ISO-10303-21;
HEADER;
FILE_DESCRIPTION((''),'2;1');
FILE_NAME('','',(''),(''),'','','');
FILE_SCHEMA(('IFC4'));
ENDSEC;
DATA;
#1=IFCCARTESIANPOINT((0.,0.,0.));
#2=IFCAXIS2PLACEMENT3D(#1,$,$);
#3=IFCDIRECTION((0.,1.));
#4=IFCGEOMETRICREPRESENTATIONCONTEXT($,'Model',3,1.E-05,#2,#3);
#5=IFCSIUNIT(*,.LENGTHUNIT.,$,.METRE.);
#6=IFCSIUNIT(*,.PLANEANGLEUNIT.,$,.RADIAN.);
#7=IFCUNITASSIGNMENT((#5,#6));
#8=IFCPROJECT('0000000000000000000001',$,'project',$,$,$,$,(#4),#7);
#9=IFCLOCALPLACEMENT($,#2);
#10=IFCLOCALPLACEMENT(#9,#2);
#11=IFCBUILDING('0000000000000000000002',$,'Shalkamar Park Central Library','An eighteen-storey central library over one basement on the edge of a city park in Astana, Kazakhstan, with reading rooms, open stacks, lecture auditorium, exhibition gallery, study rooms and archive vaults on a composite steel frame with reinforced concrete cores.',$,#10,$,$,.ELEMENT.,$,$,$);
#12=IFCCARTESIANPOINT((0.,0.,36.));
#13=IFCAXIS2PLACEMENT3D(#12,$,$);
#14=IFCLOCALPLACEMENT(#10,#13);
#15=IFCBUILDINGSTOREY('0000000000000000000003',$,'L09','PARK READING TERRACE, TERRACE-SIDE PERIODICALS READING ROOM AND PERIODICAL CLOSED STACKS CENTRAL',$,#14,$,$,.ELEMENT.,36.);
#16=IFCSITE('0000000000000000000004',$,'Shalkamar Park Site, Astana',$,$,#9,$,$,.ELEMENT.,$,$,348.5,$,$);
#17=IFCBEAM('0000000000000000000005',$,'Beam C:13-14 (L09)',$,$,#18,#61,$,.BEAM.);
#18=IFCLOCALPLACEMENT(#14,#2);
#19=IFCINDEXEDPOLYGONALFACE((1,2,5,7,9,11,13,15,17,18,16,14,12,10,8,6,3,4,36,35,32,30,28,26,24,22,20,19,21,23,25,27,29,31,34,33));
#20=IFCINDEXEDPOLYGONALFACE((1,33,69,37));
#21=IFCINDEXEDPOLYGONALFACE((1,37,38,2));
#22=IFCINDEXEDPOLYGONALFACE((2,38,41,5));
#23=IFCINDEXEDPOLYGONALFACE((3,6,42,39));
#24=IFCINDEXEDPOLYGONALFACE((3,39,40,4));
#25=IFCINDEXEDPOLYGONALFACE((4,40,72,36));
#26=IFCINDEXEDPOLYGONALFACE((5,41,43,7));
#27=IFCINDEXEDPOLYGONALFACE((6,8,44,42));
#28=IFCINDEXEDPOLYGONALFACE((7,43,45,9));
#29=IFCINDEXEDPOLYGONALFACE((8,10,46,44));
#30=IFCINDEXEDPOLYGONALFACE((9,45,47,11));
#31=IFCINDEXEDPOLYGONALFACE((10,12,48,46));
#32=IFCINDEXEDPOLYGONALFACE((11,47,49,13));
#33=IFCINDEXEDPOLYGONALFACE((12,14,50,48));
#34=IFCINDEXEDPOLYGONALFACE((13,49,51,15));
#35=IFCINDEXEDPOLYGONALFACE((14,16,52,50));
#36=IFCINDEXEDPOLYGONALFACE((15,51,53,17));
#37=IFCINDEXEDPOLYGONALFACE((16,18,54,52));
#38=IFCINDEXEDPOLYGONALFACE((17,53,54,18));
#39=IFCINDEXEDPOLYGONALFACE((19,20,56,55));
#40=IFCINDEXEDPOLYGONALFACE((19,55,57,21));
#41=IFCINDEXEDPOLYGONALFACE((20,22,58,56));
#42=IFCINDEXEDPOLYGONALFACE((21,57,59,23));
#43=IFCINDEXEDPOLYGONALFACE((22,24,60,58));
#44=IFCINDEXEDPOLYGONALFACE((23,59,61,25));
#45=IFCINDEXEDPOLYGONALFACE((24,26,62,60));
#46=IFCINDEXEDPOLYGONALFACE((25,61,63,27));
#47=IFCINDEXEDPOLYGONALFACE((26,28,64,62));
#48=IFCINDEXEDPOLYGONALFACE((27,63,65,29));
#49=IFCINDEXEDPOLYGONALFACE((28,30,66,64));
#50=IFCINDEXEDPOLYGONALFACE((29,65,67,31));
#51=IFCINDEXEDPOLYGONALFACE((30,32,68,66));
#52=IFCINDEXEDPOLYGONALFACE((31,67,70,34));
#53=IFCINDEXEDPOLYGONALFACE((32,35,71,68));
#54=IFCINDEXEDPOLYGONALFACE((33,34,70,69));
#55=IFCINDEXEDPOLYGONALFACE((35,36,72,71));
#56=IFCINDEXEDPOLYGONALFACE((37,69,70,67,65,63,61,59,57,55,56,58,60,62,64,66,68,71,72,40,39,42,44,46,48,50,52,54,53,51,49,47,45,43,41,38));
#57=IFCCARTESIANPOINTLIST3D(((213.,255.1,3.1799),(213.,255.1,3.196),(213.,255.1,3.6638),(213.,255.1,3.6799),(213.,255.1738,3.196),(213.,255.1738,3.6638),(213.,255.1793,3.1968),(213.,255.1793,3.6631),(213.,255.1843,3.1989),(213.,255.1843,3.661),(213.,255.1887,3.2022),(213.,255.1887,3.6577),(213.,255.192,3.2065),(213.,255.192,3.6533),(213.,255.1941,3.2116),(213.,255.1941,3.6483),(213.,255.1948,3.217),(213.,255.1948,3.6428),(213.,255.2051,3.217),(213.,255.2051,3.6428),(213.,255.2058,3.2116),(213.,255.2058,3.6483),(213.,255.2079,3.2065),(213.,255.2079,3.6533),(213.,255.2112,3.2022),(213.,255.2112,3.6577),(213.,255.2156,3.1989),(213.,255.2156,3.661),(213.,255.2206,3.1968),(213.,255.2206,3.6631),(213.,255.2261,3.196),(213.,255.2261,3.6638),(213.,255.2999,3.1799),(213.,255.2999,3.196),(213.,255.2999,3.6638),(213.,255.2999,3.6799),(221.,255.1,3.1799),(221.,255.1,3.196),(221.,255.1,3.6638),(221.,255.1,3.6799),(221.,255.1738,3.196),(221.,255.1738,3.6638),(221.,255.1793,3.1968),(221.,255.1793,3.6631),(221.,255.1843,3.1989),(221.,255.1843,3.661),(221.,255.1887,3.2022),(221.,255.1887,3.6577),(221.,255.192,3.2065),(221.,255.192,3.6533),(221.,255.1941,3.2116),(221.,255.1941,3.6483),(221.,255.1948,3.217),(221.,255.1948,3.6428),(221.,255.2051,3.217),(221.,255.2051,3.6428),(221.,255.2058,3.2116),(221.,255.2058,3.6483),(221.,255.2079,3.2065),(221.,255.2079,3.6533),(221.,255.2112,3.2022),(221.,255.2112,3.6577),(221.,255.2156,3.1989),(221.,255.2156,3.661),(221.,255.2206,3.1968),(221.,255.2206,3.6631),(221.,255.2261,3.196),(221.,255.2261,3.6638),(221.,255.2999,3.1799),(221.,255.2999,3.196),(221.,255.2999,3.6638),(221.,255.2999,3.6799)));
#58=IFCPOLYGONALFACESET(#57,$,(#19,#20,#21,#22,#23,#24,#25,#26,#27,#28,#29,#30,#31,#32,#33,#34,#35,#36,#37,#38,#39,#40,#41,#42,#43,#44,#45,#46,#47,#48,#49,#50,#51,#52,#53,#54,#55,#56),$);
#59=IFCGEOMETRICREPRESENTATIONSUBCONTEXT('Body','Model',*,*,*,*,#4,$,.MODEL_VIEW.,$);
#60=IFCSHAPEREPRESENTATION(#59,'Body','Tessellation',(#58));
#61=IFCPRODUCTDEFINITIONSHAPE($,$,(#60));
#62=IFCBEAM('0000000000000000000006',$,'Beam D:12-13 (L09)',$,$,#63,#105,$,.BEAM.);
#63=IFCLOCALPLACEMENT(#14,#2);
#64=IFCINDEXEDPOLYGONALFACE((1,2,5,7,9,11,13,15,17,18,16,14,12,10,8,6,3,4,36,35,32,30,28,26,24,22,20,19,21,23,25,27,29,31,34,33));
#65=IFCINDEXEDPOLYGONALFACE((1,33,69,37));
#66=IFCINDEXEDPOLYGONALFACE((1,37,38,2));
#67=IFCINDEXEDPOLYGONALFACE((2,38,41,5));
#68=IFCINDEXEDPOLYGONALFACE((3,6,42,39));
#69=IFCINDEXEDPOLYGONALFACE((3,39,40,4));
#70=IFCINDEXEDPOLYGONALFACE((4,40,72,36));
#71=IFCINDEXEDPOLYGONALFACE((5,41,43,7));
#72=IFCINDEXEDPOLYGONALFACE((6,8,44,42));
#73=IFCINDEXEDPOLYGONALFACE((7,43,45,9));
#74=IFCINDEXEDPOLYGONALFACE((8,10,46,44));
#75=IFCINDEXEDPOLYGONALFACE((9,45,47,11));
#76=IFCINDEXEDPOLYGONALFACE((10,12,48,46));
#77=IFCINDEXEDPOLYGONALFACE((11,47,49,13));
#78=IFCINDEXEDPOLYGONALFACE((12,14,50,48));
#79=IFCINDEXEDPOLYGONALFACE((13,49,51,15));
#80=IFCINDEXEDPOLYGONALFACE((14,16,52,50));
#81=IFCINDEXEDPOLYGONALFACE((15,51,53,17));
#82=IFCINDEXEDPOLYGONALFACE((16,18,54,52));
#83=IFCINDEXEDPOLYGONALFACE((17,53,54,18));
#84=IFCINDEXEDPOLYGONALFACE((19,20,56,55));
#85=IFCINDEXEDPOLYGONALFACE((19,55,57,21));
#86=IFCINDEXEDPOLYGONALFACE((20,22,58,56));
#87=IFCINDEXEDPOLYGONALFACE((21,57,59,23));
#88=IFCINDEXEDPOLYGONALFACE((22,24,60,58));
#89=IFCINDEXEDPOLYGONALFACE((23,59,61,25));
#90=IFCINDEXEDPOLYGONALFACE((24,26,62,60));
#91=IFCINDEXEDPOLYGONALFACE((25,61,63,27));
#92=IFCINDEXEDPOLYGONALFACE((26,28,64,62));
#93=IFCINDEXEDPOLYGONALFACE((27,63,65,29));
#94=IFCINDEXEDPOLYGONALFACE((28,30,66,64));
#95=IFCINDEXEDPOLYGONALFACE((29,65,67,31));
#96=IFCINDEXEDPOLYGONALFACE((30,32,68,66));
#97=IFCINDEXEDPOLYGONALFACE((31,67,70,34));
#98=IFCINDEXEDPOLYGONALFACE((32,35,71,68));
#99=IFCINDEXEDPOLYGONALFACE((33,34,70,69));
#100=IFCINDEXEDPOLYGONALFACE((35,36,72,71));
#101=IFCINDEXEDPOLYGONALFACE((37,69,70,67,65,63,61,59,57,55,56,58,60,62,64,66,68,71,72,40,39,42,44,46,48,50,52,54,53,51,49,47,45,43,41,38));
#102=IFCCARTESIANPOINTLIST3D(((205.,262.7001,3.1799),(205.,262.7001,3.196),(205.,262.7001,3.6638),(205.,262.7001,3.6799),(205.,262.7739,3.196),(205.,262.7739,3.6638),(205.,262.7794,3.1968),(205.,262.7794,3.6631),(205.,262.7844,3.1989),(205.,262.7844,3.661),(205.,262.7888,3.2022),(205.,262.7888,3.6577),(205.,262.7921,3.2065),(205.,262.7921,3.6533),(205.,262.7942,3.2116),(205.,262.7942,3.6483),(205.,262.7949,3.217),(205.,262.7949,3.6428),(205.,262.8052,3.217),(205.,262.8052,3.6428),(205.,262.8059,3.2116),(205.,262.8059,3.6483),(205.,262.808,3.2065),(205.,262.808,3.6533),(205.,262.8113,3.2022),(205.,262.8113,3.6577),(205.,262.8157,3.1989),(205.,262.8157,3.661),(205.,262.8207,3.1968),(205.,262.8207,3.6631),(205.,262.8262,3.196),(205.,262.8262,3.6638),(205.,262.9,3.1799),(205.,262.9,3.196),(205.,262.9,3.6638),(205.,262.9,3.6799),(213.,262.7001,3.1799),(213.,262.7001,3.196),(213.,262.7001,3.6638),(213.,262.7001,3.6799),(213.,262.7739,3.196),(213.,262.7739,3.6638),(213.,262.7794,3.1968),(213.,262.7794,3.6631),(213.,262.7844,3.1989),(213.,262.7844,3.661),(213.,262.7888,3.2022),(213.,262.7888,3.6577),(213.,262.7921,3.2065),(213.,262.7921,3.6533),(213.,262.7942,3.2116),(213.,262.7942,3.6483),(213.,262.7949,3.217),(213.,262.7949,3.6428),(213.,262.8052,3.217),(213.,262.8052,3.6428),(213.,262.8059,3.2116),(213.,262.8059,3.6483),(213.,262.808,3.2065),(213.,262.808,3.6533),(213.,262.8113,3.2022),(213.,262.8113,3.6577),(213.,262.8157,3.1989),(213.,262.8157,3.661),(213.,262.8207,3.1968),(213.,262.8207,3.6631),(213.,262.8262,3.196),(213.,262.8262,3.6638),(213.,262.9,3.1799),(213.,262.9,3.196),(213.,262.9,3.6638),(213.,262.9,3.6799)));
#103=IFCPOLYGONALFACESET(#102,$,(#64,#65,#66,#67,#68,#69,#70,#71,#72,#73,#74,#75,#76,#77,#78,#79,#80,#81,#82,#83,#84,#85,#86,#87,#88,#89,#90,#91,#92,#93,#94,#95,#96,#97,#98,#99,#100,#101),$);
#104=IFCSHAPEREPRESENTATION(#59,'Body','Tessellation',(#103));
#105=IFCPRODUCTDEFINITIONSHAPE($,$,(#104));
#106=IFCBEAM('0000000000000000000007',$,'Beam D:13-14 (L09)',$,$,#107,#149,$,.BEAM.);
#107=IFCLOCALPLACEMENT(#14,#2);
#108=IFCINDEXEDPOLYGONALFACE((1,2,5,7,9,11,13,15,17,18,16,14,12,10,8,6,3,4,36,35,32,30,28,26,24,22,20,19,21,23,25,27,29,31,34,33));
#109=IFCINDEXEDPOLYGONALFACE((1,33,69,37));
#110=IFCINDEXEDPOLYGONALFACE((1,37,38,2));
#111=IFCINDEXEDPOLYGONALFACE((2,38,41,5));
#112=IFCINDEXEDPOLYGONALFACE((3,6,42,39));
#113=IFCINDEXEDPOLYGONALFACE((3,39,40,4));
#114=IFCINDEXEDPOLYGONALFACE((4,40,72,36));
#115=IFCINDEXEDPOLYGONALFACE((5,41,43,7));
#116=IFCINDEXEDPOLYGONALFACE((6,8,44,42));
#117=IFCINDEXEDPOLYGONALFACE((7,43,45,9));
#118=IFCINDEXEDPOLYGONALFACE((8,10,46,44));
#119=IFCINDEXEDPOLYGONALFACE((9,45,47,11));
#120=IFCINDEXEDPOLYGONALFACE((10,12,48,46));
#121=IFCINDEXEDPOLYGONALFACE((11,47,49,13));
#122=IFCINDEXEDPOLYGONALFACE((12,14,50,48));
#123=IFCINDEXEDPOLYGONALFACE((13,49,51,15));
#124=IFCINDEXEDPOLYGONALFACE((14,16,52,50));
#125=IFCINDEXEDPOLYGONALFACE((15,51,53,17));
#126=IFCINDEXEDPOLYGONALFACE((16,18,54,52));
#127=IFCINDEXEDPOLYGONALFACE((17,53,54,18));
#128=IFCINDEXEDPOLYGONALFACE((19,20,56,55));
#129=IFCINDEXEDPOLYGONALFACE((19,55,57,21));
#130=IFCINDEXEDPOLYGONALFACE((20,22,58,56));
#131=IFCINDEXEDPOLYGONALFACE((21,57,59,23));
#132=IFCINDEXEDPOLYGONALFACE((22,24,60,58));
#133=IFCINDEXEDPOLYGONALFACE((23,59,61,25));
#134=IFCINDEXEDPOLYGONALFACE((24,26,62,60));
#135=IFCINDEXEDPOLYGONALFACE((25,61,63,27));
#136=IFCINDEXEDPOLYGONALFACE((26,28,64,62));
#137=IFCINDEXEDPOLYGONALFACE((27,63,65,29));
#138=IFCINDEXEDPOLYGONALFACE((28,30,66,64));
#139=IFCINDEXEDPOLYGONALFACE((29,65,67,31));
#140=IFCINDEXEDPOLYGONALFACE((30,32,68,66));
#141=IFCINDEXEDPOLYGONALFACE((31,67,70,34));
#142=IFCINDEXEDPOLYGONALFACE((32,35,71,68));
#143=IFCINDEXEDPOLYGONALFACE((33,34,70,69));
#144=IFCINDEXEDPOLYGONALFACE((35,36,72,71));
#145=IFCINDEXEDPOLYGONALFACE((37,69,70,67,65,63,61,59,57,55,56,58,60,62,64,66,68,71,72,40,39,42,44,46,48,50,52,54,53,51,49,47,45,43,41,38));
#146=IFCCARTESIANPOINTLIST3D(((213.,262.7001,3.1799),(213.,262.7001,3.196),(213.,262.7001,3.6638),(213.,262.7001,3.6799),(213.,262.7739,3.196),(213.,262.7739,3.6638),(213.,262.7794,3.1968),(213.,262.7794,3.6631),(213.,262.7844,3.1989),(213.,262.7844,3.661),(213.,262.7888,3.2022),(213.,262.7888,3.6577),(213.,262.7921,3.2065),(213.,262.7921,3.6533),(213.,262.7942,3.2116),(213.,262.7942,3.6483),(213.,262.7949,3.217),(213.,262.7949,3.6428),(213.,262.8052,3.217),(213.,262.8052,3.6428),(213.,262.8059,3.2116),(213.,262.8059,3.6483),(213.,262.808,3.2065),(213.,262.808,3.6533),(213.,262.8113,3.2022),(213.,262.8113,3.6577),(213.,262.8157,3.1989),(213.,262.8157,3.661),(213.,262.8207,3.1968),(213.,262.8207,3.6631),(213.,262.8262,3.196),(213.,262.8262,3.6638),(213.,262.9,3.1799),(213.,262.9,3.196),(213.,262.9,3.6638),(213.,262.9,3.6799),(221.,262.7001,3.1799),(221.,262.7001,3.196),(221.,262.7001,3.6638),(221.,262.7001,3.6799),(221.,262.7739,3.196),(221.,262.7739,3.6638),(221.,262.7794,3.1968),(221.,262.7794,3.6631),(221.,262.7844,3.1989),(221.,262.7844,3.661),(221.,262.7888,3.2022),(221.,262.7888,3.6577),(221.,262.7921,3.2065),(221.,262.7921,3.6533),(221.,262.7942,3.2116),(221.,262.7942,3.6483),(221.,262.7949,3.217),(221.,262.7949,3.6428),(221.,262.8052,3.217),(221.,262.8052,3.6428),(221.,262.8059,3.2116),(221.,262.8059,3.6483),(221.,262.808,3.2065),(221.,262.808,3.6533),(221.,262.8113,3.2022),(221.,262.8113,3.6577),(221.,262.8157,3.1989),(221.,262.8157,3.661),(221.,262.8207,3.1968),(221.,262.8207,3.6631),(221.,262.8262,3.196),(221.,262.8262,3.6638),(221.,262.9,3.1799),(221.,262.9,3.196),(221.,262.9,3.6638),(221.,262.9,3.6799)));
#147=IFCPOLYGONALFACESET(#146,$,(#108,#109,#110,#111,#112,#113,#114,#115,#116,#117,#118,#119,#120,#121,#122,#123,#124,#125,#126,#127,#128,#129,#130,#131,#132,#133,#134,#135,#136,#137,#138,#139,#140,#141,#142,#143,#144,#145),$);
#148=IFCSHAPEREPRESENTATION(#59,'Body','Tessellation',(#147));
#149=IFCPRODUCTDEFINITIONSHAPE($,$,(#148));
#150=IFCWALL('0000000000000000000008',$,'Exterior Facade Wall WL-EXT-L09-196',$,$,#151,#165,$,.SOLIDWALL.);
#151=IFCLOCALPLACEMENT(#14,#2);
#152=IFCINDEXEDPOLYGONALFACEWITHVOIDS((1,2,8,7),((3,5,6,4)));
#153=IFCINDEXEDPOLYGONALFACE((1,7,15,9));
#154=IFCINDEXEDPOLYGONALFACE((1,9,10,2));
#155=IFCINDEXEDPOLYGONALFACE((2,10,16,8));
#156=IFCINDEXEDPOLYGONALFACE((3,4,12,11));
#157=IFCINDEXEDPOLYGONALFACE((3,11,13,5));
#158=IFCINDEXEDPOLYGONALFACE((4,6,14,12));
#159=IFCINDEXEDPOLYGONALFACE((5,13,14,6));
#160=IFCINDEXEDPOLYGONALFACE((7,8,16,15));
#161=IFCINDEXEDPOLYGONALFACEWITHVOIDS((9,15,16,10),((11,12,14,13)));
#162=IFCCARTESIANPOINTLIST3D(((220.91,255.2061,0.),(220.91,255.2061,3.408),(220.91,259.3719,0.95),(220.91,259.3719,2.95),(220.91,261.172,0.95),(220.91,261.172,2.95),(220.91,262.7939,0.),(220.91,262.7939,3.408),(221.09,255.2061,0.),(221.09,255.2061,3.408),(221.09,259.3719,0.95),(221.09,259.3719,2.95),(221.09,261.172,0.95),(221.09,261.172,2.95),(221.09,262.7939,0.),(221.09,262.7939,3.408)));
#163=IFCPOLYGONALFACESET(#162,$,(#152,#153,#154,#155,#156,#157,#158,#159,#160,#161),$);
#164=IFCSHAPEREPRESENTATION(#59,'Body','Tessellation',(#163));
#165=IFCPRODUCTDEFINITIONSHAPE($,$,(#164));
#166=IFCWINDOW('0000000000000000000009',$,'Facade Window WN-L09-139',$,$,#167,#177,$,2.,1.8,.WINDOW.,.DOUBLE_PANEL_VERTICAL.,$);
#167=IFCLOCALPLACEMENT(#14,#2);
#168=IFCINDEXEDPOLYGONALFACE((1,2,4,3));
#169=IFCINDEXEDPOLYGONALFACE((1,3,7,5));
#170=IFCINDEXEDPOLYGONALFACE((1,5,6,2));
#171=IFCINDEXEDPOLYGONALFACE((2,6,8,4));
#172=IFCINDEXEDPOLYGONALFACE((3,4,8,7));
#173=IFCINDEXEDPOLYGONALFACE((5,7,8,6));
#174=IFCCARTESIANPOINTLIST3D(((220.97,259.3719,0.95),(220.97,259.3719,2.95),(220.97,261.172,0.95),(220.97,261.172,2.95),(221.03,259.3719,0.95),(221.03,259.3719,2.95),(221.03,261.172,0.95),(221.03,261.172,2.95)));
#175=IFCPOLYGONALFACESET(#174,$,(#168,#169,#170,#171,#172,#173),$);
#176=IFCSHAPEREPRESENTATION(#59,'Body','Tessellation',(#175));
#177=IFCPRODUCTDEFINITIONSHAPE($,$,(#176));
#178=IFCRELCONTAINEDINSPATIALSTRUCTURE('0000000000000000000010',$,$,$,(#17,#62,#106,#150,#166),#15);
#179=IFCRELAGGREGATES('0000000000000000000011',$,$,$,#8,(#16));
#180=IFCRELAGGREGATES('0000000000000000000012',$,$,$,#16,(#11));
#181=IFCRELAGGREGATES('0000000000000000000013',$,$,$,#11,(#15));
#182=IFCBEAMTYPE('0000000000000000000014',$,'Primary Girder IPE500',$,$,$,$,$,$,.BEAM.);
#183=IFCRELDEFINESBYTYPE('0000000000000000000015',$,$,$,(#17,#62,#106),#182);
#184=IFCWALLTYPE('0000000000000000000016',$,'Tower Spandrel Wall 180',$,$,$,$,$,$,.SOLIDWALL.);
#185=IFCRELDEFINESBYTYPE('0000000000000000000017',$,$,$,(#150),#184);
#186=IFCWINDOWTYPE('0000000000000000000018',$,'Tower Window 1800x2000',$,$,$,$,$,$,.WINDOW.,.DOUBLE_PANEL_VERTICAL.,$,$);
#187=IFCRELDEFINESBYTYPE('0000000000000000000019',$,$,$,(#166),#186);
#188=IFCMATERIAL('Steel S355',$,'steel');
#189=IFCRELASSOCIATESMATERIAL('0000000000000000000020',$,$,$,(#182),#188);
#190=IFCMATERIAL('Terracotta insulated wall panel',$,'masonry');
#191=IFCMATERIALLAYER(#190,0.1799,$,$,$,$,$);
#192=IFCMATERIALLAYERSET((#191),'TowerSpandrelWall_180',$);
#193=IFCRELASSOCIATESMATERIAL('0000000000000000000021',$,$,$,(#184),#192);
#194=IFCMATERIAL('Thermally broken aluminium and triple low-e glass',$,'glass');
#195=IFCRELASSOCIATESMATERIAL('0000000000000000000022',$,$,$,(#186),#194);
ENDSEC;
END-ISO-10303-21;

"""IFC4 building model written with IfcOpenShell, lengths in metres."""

from ifc_helpers import new_model, si_unit, direction, frame, frame_2d, origin, origin_2d, place, context, subcontext, project, spatial, rectangle, i_section, extrude, material, layer, layer_set, material_profile, profile_set, type_object, element, fill, save


model = new_model("IFC4")

# Units and contexts
model_context = context("Model", 3, precision=1e-05, world=origin(), true_north=direction((0.0, 1.0)))
body_context = subcontext(model_context, "Body", "Model", "MODEL_VIEW")
ifc_project = project(units=[si_unit("LENGTHUNIT", "METRE"), si_unit("PLANEANGLEUNIT", "RADIAN")], contexts=[model_context])

# Site, building, storey
site_placement = place(None, origin())
site = spatial("IfcSite", under=ifc_project, at=site_placement, Name="Shalkamar Park Site, Astana", CompositionType="ELEMENT", RefElevation=348.5)
building_placement = place(site_placement, origin())
building = spatial("IfcBuilding", under=site, at=building_placement, Name="Shalkamar Park Central Library", Description="An eighteen-storey central library over one basement on the edge of a city park in Astana, Kazakhstan, with reading rooms, open stacks, lecture auditorium, exhibition gallery, study rooms and archive vaults on a composite steel frame with reinforced concrete cores.", CompositionType="ELEMENT")
storey_placement = place(building_placement, frame((0.0, 0.0, 36.0)))
storey = spatial("IfcBuildingStorey", under=building, at=storey_placement, Name="L09", Description="PARK READING TERRACE, TERRACE-SIDE PERIODICALS READING ROOM AND PERIODICAL CLOSED STACKS CENTRAL", CompositionType="ELEMENT", Elevation=36.0)

# Shared definitions
ifc_material_1 = material(Name="Steel S355", Category="steel")

# Beams
ifc_material_profile_1 = material_profile(ifc_material_1, i_section(OverallWidth=0.2, OverallDepth=0.5, WebThickness=0.0103, FlangeThickness=0.0161, FilletRadius=0.021, at=origin_2d()), Name="IPE 500")
ifc_profile_set_1 = profile_set([ifc_material_profile_1], Name="Steel S355")
beam_type_1 = type_object("IfcBeamType", Name="Primary Girder IPE500", PredefinedType="BEAM", material=ifc_profile_set_1)
for number, where, z_axis, x_axis, name in (
    (1, (213.0, 255.2, 3.4299), (1.0, 0.0, 0.0), (0.0, 1.0, 0.0), "Beam C:13-14 (L09)"),
    (2, (205.0, 262.8, 3.4299), (1.0, 0.0, 0.0), (0.0, 1.0, 0.0), "Beam D:12-13 (L09)"),
    (3, (213.0, 262.8, 3.4299), (1.0, 0.0, 0.0), (0.0, 1.0, 0.0), "Beam D:13-14 (L09)"),
):
    element("IfcBeam", number, at=place(storey_placement, frame(where, z_axis=z_axis, x_axis=x_axis)), inside=storey, type_object=beam_type_1, Name=name, PredefinedType="BEAM", context=body_context, shape_type="SweptSolid", body=[
        extrude(i_section(OverallWidth=0.2, OverallDepth=0.5, WebThickness=0.0103, FlangeThickness=0.0161, FilletRadius=0.021, at=origin_2d()), origin(), (0.0, 0.0, 1.0), 8.0),
    ])

# Wall, opening, window
ifc_material_2 = material(Name="Terracotta insulated wall panel", Category="masonry")
ifc_layer = layer(ifc_material_2, 0.1799)
ifc_layer_set = layer_set([ifc_layer], Name="TowerSpandrelWall_180")
wall_type = type_object("IfcWallType", Name="Tower Spandrel Wall 180", PredefinedType="SOLIDWALL", material=ifc_layer_set)
wall_1_placement = place(storey_placement, frame((221.0, 255.2061, 0.0), z_axis=(0.0, 0.0, 1.0), x_axis=(0.0, 1.0, 0.0)))
wall_1 = element("IfcWall", 4, at=wall_1_placement, inside=storey, type_object=wall_type, Name="Exterior Facade Wall WL-EXT-L09-196", PredefinedType="SOLIDWALL", context=body_context, shape_type="SweptSolid", body=[
    extrude(rectangle(XDim=7.5879, YDim=0.1799, at=frame_2d((3.7939, 0.0))), origin(), (0.0, 0.0, 1.0), 3.408),
])
opening_1_placement = place(wall_1_placement, frame((4.166, 0.0, 0.95)))
opening_1 = element("IfcOpeningElement", 5, at=opening_1_placement, cuts=wall_1, PredefinedType="OPENING", context=body_context, shape_type="SweptSolid", body=[
    extrude(rectangle(XDim=1.8, YDim=2.0, at=frame_2d((0.8999, 1.0))), frame((0.0, 0.105, 0.0), z_axis=(0.0, -1.0, 0.0), x_axis=(1.0, 0.0, 0.0)), (0.0, 0.0, 1.0), 0.2097),
])
ifc_material_3 = material(Name="Thermally broken aluminium and triple low-e glass", Category="glass")
window_type_1 = type_object("IfcWindowType", Name="Tower Window 1800x2000", PartitioningType="DOUBLE_PANEL_VERTICAL", PredefinedType="WINDOW", material=ifc_material_3)
window_1_placement = place(opening_1_placement, origin())
window_1 = element("IfcWindow", 6, at=window_1_placement, inside=storey, type_object=window_type_1, Name="Facade Window WN-L09-139", OverallHeight=2.0, OverallWidth=1.8, PartitioningType="DOUBLE_PANEL_VERTICAL", PredefinedType="WINDOW", context=body_context, shape_type="SweptSolid", body=[
    extrude(rectangle(XDim=1.8, YDim=2.0, at=frame_2d((0.8999, 1.0))), frame((0.0, 0.03, 0.0), z_axis=(0.0, -1.0, 0.0), x_axis=(1.0, 0.0, 0.0)), (0.0, 0.0, 1.0), 0.0601),
])
fill(opening_1, window_1)

save(model, "model.ifc")
